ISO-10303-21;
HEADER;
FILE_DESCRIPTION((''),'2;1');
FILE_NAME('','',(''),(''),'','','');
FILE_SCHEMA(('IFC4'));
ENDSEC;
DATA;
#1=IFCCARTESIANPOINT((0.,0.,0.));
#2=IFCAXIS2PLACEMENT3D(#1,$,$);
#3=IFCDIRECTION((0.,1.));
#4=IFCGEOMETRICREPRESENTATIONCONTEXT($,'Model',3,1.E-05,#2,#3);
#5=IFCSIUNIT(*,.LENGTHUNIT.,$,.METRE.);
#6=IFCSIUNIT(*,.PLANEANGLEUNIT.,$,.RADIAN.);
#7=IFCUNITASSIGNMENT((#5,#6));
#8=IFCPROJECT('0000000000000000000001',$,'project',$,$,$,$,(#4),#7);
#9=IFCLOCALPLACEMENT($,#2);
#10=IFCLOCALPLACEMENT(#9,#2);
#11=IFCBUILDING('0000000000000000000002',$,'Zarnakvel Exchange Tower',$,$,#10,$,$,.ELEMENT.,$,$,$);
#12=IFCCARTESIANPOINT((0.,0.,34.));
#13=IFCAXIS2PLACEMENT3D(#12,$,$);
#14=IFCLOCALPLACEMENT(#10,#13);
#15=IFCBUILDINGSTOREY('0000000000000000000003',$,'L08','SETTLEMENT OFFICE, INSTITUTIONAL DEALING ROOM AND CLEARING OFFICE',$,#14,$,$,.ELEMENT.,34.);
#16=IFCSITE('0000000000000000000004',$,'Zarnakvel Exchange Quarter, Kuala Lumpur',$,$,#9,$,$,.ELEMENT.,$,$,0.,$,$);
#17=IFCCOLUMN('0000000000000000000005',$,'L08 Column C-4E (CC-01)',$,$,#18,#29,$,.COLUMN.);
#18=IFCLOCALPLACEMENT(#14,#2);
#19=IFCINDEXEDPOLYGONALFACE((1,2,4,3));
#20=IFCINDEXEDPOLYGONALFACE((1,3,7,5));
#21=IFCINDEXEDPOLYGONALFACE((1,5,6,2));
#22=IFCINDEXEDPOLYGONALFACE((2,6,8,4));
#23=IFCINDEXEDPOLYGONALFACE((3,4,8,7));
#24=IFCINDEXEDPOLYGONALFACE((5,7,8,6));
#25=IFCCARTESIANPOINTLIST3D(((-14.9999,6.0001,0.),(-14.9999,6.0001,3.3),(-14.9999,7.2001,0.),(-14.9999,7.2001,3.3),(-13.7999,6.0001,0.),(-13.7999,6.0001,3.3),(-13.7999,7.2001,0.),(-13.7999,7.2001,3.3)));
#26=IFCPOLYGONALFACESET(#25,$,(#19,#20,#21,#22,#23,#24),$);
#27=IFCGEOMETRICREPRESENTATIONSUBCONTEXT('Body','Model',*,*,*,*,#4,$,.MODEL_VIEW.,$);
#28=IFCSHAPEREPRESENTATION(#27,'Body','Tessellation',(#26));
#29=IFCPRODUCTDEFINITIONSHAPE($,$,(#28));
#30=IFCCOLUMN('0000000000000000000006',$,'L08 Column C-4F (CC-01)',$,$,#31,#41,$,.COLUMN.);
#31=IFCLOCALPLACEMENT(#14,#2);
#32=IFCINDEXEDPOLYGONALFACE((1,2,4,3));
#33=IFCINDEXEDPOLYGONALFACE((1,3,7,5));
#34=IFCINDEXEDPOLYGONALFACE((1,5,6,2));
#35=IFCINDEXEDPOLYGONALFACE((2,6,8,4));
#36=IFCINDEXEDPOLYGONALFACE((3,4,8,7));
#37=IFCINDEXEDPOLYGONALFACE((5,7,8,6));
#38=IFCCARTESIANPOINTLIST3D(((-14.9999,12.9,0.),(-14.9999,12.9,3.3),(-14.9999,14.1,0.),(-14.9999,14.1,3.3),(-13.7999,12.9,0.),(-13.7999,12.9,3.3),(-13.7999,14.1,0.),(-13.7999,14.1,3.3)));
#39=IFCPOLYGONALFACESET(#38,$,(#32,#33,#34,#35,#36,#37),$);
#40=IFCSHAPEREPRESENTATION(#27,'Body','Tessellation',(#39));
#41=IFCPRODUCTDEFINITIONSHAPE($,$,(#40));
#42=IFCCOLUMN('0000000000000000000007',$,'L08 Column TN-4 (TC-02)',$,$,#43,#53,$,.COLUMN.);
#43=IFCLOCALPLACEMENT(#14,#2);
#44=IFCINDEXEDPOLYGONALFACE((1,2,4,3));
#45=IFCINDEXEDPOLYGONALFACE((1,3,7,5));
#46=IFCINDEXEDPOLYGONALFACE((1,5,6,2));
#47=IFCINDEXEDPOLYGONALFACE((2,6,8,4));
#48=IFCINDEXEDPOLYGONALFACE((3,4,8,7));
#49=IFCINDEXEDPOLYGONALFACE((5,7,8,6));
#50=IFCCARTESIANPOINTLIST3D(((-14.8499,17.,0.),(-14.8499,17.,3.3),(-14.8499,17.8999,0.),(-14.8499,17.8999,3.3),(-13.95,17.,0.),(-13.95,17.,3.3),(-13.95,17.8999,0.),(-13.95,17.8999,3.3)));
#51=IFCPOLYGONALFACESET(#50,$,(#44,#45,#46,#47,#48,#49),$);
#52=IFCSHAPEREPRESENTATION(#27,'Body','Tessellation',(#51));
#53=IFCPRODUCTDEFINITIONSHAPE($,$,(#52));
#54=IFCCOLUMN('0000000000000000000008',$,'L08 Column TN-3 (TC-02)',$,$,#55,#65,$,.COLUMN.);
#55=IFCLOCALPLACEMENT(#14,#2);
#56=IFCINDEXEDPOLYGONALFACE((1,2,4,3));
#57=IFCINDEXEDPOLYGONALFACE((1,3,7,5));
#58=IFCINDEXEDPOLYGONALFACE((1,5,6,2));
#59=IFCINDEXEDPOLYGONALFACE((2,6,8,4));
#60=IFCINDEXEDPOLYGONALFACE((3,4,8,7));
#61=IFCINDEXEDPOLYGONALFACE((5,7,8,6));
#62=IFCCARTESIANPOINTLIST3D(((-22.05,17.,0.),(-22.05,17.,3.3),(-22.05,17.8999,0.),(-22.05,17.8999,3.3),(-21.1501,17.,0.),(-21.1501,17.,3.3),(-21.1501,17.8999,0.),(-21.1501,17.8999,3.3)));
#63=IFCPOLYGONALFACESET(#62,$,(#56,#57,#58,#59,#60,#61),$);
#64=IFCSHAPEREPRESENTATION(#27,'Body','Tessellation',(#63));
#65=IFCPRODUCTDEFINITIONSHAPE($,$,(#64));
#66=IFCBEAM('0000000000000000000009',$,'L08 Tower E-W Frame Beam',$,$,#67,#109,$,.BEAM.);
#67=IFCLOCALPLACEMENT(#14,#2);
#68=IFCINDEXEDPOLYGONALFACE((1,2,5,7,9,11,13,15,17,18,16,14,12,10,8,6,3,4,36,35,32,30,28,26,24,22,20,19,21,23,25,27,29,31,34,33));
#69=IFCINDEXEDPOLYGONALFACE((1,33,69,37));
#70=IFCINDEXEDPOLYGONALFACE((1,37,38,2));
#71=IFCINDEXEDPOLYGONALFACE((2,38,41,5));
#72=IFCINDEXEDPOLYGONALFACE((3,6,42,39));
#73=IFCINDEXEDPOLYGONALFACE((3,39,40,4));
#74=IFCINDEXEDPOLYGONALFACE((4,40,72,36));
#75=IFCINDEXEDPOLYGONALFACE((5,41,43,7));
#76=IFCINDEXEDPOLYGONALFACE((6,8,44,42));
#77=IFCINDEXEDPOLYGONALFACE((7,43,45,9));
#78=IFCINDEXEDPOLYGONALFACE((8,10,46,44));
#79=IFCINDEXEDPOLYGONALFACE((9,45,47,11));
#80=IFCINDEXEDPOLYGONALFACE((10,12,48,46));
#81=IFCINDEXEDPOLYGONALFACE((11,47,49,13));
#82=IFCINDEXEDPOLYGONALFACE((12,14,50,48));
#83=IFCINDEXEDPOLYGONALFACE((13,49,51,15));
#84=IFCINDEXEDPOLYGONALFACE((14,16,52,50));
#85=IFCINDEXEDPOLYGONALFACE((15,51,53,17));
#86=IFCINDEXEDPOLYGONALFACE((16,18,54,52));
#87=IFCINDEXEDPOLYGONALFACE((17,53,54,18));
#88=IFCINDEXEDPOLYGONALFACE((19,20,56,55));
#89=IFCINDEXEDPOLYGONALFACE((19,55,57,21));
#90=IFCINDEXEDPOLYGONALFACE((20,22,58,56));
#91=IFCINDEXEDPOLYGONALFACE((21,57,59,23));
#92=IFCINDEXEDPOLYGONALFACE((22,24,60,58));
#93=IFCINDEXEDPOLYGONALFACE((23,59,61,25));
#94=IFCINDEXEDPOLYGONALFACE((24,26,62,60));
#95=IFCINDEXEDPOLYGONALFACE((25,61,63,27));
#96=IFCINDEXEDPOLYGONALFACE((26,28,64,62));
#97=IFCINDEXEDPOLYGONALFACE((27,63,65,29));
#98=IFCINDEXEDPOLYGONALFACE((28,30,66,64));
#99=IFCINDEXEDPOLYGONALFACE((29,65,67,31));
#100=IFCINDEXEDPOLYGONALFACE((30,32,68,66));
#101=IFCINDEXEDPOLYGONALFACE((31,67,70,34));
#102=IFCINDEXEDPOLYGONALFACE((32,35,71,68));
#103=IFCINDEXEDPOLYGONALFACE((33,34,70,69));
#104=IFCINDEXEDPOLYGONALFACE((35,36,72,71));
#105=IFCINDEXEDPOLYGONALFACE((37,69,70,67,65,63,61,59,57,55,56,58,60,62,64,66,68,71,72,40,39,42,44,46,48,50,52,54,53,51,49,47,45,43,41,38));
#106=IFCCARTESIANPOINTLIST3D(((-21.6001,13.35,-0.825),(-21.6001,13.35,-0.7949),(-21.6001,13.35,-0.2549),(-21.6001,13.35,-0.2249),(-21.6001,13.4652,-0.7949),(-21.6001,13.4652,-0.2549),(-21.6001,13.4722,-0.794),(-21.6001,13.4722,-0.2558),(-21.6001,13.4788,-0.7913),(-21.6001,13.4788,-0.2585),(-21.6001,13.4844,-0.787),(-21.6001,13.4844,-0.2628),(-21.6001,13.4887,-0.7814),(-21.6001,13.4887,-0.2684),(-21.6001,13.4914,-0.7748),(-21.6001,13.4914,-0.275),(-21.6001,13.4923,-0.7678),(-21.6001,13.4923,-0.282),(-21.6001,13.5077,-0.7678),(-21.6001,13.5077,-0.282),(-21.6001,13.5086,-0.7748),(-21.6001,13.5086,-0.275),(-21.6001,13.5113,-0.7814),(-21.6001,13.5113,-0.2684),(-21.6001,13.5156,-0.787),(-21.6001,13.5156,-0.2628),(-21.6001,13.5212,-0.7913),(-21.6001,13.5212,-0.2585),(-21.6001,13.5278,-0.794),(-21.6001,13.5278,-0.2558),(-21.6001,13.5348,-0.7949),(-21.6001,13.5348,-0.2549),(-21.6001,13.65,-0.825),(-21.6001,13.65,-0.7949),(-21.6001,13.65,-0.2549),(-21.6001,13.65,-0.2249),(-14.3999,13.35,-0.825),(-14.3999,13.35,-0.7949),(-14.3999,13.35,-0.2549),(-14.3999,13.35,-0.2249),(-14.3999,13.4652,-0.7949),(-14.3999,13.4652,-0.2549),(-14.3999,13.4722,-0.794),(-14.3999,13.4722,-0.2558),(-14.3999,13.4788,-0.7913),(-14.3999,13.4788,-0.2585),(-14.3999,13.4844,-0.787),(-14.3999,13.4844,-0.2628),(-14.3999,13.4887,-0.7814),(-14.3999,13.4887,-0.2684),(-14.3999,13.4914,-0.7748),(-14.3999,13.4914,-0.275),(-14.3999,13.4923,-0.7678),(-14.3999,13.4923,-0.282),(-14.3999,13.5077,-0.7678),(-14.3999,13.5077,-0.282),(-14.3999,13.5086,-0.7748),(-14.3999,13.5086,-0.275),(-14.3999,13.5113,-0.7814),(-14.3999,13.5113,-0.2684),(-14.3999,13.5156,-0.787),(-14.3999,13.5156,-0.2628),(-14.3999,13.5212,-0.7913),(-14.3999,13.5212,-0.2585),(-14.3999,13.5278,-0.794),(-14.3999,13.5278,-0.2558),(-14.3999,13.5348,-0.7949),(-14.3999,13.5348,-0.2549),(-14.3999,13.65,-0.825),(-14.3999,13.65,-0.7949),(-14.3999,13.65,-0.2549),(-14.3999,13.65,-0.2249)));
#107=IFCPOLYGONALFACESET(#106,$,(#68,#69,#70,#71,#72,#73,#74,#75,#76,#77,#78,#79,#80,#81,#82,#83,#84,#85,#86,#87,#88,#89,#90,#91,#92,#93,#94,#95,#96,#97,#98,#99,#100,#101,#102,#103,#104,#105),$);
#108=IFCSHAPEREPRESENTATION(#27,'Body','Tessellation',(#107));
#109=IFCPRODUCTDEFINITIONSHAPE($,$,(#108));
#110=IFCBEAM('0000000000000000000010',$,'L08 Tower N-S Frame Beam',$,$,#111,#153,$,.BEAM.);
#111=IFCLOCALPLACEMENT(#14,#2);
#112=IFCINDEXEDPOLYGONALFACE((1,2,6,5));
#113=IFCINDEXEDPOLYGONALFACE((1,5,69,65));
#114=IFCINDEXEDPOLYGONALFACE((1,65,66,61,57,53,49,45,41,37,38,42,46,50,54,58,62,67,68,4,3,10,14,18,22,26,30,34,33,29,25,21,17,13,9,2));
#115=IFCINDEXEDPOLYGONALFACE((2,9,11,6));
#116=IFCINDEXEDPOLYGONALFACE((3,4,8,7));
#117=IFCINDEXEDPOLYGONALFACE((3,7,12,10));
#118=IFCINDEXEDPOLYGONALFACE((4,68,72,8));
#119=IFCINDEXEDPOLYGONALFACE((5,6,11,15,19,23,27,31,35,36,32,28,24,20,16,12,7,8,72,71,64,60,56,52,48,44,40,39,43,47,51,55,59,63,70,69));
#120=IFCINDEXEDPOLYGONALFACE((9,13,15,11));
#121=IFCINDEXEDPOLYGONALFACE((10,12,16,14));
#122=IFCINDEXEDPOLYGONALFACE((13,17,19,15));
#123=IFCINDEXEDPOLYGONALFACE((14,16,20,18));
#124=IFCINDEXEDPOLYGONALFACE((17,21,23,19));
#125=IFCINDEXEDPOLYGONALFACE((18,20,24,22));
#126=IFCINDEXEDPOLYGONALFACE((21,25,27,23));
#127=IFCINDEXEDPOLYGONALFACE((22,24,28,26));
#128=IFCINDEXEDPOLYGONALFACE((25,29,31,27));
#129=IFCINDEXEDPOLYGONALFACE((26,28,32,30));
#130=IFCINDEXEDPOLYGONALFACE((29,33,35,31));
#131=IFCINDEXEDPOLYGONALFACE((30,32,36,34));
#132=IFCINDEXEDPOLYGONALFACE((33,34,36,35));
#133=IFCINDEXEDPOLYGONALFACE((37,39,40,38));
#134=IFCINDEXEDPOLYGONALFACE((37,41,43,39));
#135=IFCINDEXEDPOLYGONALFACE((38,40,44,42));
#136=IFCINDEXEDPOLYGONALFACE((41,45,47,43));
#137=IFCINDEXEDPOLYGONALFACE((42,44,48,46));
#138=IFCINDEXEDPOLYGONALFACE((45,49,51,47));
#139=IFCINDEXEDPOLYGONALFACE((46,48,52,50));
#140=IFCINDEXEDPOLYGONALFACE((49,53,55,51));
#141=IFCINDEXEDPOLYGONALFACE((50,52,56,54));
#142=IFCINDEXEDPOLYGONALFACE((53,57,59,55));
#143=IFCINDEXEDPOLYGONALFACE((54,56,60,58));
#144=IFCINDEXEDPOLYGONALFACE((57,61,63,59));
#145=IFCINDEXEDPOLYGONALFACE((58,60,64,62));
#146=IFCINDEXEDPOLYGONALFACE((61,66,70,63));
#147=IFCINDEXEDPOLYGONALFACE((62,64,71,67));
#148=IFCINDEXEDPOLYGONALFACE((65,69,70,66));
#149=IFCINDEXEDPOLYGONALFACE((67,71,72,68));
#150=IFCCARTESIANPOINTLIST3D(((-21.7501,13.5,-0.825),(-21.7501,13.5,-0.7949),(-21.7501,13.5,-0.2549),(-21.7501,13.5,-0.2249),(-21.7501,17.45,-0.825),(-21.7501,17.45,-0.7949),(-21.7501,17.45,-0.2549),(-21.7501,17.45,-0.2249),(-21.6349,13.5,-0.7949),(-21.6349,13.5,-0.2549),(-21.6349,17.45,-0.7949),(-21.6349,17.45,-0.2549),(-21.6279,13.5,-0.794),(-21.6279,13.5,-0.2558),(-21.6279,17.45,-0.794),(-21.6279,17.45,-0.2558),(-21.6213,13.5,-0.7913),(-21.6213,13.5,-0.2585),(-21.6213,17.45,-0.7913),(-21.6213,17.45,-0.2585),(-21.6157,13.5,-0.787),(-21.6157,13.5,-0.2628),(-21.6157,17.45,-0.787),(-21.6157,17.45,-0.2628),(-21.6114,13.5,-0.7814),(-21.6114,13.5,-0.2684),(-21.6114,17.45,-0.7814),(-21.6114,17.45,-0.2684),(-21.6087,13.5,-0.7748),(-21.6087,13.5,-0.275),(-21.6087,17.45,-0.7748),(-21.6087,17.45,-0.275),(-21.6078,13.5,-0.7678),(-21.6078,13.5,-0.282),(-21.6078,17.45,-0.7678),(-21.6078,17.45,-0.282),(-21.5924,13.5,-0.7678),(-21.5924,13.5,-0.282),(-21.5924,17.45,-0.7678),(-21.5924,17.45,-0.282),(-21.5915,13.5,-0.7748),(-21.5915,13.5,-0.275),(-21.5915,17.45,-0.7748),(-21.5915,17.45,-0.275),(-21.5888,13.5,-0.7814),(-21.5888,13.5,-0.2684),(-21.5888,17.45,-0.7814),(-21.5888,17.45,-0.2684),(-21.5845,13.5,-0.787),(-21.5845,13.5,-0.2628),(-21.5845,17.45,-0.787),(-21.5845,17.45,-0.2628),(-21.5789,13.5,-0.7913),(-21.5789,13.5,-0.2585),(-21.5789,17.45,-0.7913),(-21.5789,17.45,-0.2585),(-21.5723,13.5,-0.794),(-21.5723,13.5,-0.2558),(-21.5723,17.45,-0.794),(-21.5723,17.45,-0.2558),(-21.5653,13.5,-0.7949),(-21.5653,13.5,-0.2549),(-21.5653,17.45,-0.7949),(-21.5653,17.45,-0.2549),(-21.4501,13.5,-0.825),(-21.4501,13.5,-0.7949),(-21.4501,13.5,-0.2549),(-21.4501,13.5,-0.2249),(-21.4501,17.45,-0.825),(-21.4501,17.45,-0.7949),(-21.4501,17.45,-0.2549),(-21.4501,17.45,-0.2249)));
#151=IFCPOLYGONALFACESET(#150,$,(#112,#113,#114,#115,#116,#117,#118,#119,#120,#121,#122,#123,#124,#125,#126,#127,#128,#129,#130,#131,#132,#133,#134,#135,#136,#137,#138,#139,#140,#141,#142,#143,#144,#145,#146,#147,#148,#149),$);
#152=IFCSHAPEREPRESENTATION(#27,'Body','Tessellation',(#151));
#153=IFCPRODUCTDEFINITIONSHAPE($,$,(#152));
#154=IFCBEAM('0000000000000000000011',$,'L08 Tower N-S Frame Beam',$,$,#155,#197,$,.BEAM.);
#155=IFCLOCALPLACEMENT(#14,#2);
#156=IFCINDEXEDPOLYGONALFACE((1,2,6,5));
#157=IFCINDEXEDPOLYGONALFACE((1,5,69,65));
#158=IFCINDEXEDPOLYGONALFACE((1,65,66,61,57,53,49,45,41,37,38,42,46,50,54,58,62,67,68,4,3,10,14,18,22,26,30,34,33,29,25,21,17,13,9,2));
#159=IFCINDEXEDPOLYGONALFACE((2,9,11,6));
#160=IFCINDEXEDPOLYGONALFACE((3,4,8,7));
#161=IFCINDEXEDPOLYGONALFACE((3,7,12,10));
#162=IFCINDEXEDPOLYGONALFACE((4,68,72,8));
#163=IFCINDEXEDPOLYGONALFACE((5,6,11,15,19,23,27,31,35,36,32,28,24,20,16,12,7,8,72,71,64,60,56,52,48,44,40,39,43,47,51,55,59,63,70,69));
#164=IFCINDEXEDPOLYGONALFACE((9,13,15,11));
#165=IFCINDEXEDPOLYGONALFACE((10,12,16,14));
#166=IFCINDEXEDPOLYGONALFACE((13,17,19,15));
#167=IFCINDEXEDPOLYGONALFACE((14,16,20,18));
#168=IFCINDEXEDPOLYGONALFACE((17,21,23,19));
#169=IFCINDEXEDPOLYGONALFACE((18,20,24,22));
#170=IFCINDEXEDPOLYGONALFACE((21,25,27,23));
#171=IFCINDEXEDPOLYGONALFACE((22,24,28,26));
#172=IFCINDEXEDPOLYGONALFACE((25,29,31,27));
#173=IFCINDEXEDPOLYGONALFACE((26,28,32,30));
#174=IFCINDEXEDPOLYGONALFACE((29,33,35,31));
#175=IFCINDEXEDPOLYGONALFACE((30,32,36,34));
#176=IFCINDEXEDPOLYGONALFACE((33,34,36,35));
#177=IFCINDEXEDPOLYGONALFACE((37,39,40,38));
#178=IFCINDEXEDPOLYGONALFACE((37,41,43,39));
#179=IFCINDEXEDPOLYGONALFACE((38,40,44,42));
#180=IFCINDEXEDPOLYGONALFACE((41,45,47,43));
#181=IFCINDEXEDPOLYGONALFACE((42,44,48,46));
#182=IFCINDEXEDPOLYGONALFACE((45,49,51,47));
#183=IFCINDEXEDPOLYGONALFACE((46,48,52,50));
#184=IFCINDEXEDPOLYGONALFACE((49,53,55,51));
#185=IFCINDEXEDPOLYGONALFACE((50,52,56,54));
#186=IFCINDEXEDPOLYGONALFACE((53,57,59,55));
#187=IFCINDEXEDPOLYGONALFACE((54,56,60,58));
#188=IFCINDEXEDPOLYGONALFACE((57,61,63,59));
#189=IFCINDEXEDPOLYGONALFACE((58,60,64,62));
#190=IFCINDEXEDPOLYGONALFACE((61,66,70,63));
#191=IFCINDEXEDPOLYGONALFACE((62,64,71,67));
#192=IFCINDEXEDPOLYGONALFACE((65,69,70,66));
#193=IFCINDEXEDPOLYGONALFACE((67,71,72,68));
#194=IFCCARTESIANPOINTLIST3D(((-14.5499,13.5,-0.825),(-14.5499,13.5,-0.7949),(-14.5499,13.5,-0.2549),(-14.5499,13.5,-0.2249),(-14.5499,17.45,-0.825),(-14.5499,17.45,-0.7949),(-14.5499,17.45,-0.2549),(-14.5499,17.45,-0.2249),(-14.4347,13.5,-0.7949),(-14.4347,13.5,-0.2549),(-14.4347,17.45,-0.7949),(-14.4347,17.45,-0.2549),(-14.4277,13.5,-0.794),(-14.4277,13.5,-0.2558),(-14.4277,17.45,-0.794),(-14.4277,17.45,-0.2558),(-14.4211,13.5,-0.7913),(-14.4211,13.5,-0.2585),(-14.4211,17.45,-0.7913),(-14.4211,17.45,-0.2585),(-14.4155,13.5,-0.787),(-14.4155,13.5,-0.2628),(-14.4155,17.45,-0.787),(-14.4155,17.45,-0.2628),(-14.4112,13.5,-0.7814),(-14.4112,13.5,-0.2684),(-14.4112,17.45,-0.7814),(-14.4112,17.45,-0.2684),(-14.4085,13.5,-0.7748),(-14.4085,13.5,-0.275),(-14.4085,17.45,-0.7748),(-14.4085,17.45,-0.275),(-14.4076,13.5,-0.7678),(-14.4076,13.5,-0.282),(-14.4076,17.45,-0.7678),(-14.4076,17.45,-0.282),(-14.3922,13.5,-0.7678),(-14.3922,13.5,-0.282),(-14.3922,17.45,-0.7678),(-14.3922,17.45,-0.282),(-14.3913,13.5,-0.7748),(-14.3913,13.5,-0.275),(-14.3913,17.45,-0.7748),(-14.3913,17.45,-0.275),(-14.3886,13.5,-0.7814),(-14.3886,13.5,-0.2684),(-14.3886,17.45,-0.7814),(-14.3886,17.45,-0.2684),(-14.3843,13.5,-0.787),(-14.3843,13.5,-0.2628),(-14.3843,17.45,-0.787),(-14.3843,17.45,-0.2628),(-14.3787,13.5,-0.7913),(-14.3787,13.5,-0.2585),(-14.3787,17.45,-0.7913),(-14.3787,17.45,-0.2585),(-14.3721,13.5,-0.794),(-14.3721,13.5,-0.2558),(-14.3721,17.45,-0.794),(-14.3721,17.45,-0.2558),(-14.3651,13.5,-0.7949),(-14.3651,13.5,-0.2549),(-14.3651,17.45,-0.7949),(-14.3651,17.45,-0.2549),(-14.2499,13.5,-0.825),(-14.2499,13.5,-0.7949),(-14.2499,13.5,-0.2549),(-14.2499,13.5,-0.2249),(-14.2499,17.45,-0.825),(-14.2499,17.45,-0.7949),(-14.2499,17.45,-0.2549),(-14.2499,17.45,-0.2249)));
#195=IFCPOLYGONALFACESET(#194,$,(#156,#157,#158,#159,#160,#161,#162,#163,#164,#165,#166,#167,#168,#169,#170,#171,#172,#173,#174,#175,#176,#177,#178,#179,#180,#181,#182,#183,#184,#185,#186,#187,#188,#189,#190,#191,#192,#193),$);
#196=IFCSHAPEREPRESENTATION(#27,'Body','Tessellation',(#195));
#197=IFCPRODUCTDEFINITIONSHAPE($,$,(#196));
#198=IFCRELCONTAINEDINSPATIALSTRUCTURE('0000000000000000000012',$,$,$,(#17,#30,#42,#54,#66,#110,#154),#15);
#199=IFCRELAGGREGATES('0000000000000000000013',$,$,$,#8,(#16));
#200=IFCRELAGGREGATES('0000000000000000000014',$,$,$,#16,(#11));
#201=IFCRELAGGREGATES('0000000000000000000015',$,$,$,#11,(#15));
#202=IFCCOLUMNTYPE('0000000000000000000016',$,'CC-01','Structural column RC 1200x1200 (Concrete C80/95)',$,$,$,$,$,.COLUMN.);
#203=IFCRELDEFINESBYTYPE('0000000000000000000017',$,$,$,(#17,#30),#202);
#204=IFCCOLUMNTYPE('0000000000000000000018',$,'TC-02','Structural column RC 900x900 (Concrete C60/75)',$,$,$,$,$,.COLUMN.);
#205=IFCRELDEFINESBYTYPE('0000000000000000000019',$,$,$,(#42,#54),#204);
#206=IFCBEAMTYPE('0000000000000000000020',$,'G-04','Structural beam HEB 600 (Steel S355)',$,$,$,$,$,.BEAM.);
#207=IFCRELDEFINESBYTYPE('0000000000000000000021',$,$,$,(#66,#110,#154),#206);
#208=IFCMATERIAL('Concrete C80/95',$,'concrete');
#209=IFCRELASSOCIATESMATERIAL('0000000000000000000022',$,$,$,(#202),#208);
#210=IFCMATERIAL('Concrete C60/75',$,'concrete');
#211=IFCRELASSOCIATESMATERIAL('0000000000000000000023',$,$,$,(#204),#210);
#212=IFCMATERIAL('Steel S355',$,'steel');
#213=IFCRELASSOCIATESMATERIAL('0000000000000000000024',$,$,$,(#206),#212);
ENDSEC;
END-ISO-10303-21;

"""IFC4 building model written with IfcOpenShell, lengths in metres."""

from ifc_helpers import new_model, si_unit, direction, frame, origin, origin_2d, place, context, subcontext, project, spatial, rectangle, i_section, extrude, material, material_profile, profile_set, type_object, element, save


model = new_model("IFC4")

# Units and contexts
model_context = context("Model", 3, precision=1e-05, world=origin(), true_north=direction((0.0, 1.0)))
body_context = subcontext(model_context, "Body", "Model", "MODEL_VIEW")
ifc_project = project(units=[si_unit("LENGTHUNIT", "METRE"), si_unit("PLANEANGLEUNIT", "RADIAN")], contexts=[model_context])

# Site, building, storey
site_placement = place(None, origin())
site = spatial("IfcSite", under=ifc_project, at=site_placement, Name="Zarnakvel Exchange Quarter, Kuala Lumpur", CompositionType="ELEMENT", RefElevation=0.0)
building_placement = place(site_placement, origin())
building = spatial("IfcBuilding", under=site, at=building_placement, Name="Zarnakvel Exchange Tower", CompositionType="ELEMENT")
storey_placement = place(building_placement, frame((0.0, 0.0, 34.0)))
storey = spatial("IfcBuildingStorey", under=building, at=storey_placement, Name="L08", Description="SETTLEMENT OFFICE, INSTITUTIONAL DEALING ROOM AND CLEARING OFFICE", CompositionType="ELEMENT", Elevation=34.0)

# Columns
ifc_material_1 = material(Name="Concrete C80/95", Category="concrete")
ifc_material_profile_1 = material_profile(ifc_material_1, rectangle(XDim=1.2, YDim=1.2, at=origin_2d()))
ifc_profile_set_1 = profile_set([ifc_material_profile_1], Name="Concrete C80/95")
column_type_1 = type_object("IfcColumnType", Name="CC-01", Description="Structural column RC 1200x1200 (Concrete C80/95)", PredefinedType="COLUMN", material=ifc_profile_set_1)
for number, where, z_axis, x_axis, name in (
    (1, (-14.3999, 6.6001, 0.0), (0.0, 0.0, 1.0), (1.0, 0.0, 0.0), "L08 Column C-4E (CC-01)"),
    (2, (-14.3999, 13.5, 0.0), (0.0, 0.0, 1.0), (1.0, 0.0, 0.0), "L08 Column C-4F (CC-01)"),
):
    element("IfcColumn", number, at=place(storey_placement, frame(where, z_axis=z_axis, x_axis=x_axis)), inside=storey, type_object=column_type_1, Name=name, PredefinedType="COLUMN", context=body_context, shape_type="SweptSolid", body=[
        extrude(rectangle(XDim=1.2, YDim=1.2, at=origin_2d()), origin(), (0.0, 0.0, 1.0), 3.3),
    ])
ifc_material_2 = material(Name="Concrete C60/75", Category="concrete")
ifc_material_profile_2 = material_profile(ifc_material_2, rectangle(XDim=0.8999, YDim=0.8999, at=origin_2d()))
ifc_profile_set_2 = profile_set([ifc_material_profile_2], Name="Concrete C60/75")
column_type_2 = type_object("IfcColumnType", Name="TC-02", Description="Structural column RC 900x900 (Concrete C60/75)", PredefinedType="COLUMN", material=ifc_profile_set_2)
for number, where, z_axis, x_axis, name in (
    (3, (-14.3999, 17.45, 0.0), (0.0, 0.0, 1.0), (1.0, 0.0, 0.0), "L08 Column TN-4 (TC-02)"),
    (4, (-21.6001, 17.45, 0.0), (0.0, 0.0, 1.0), (1.0, 0.0, 0.0), "L08 Column TN-3 (TC-02)"),
):
    element("IfcColumn", number, at=place(storey_placement, frame(where, z_axis=z_axis, x_axis=x_axis)), inside=storey, type_object=column_type_2, Name=name, PredefinedType="COLUMN", context=body_context, shape_type="SweptSolid", body=[
        extrude(rectangle(XDim=0.8999, YDim=0.8999, at=origin_2d()), origin(), (0.0, 0.0, 1.0), 3.3),
    ])

# Beams
ifc_material_3 = material(Name="Steel S355", Category="steel")
ifc_material_profile_3 = material_profile(ifc_material_3, i_section(OverallWidth=0.3, OverallDepth=0.6001, WebThickness=0.0154, FlangeThickness=0.03, FilletRadius=0.0271, at=origin_2d()))
ifc_profile_set_3 = profile_set([ifc_material_profile_3], Name="Steel S355")
beam_type_1 = type_object("IfcBeamType", Name="G-04", Description="Structural beam HEB 600 (Steel S355)", PredefinedType="BEAM", material=ifc_profile_set_3)
beam_1_placement = place(storey_placement, frame((-21.6001, 13.5, -0.5249), z_axis=(1.0, 0.0, 0.0), x_axis=(0.0, 1.0, 0.0)))
element("IfcBeam", 5, at=beam_1_placement, inside=storey, type_object=beam_type_1, Name="L08 Tower E-W Frame Beam", PredefinedType="BEAM", context=body_context, shape_type="SweptSolid", body=[
    extrude(i_section(OverallWidth=0.3, OverallDepth=0.6001, WebThickness=0.0154, FlangeThickness=0.03, FilletRadius=0.0271, at=origin_2d()), origin(), (0.0, 0.0, 1.0), 7.2002),
])
for number, where, z_axis, x_axis, name in (
    (6, (-21.6001, 13.5, -0.5249), (0.0, 1.0, 0.0), (-1.0, 0.0, 0.0), "L08 Tower N-S Frame Beam"),
    (7, (-14.3999, 13.5, -0.5249), (0.0, 1.0, 0.0), (-1.0, 0.0, 0.0), "L08 Tower N-S Frame Beam"),
):
    element("IfcBeam", number, at=place(storey_placement, frame(where, z_axis=z_axis, x_axis=x_axis)), inside=storey, type_object=beam_type_1, Name=name, PredefinedType="BEAM", context=body_context, shape_type="SweptSolid", body=[
        extrude(i_section(OverallWidth=0.3, OverallDepth=0.6001, WebThickness=0.0154, FlangeThickness=0.03, FilletRadius=0.0271, at=origin_2d()), origin(), (0.0, 0.0, 1.0), 3.95),
    ])

save(model, "model.ifc")
